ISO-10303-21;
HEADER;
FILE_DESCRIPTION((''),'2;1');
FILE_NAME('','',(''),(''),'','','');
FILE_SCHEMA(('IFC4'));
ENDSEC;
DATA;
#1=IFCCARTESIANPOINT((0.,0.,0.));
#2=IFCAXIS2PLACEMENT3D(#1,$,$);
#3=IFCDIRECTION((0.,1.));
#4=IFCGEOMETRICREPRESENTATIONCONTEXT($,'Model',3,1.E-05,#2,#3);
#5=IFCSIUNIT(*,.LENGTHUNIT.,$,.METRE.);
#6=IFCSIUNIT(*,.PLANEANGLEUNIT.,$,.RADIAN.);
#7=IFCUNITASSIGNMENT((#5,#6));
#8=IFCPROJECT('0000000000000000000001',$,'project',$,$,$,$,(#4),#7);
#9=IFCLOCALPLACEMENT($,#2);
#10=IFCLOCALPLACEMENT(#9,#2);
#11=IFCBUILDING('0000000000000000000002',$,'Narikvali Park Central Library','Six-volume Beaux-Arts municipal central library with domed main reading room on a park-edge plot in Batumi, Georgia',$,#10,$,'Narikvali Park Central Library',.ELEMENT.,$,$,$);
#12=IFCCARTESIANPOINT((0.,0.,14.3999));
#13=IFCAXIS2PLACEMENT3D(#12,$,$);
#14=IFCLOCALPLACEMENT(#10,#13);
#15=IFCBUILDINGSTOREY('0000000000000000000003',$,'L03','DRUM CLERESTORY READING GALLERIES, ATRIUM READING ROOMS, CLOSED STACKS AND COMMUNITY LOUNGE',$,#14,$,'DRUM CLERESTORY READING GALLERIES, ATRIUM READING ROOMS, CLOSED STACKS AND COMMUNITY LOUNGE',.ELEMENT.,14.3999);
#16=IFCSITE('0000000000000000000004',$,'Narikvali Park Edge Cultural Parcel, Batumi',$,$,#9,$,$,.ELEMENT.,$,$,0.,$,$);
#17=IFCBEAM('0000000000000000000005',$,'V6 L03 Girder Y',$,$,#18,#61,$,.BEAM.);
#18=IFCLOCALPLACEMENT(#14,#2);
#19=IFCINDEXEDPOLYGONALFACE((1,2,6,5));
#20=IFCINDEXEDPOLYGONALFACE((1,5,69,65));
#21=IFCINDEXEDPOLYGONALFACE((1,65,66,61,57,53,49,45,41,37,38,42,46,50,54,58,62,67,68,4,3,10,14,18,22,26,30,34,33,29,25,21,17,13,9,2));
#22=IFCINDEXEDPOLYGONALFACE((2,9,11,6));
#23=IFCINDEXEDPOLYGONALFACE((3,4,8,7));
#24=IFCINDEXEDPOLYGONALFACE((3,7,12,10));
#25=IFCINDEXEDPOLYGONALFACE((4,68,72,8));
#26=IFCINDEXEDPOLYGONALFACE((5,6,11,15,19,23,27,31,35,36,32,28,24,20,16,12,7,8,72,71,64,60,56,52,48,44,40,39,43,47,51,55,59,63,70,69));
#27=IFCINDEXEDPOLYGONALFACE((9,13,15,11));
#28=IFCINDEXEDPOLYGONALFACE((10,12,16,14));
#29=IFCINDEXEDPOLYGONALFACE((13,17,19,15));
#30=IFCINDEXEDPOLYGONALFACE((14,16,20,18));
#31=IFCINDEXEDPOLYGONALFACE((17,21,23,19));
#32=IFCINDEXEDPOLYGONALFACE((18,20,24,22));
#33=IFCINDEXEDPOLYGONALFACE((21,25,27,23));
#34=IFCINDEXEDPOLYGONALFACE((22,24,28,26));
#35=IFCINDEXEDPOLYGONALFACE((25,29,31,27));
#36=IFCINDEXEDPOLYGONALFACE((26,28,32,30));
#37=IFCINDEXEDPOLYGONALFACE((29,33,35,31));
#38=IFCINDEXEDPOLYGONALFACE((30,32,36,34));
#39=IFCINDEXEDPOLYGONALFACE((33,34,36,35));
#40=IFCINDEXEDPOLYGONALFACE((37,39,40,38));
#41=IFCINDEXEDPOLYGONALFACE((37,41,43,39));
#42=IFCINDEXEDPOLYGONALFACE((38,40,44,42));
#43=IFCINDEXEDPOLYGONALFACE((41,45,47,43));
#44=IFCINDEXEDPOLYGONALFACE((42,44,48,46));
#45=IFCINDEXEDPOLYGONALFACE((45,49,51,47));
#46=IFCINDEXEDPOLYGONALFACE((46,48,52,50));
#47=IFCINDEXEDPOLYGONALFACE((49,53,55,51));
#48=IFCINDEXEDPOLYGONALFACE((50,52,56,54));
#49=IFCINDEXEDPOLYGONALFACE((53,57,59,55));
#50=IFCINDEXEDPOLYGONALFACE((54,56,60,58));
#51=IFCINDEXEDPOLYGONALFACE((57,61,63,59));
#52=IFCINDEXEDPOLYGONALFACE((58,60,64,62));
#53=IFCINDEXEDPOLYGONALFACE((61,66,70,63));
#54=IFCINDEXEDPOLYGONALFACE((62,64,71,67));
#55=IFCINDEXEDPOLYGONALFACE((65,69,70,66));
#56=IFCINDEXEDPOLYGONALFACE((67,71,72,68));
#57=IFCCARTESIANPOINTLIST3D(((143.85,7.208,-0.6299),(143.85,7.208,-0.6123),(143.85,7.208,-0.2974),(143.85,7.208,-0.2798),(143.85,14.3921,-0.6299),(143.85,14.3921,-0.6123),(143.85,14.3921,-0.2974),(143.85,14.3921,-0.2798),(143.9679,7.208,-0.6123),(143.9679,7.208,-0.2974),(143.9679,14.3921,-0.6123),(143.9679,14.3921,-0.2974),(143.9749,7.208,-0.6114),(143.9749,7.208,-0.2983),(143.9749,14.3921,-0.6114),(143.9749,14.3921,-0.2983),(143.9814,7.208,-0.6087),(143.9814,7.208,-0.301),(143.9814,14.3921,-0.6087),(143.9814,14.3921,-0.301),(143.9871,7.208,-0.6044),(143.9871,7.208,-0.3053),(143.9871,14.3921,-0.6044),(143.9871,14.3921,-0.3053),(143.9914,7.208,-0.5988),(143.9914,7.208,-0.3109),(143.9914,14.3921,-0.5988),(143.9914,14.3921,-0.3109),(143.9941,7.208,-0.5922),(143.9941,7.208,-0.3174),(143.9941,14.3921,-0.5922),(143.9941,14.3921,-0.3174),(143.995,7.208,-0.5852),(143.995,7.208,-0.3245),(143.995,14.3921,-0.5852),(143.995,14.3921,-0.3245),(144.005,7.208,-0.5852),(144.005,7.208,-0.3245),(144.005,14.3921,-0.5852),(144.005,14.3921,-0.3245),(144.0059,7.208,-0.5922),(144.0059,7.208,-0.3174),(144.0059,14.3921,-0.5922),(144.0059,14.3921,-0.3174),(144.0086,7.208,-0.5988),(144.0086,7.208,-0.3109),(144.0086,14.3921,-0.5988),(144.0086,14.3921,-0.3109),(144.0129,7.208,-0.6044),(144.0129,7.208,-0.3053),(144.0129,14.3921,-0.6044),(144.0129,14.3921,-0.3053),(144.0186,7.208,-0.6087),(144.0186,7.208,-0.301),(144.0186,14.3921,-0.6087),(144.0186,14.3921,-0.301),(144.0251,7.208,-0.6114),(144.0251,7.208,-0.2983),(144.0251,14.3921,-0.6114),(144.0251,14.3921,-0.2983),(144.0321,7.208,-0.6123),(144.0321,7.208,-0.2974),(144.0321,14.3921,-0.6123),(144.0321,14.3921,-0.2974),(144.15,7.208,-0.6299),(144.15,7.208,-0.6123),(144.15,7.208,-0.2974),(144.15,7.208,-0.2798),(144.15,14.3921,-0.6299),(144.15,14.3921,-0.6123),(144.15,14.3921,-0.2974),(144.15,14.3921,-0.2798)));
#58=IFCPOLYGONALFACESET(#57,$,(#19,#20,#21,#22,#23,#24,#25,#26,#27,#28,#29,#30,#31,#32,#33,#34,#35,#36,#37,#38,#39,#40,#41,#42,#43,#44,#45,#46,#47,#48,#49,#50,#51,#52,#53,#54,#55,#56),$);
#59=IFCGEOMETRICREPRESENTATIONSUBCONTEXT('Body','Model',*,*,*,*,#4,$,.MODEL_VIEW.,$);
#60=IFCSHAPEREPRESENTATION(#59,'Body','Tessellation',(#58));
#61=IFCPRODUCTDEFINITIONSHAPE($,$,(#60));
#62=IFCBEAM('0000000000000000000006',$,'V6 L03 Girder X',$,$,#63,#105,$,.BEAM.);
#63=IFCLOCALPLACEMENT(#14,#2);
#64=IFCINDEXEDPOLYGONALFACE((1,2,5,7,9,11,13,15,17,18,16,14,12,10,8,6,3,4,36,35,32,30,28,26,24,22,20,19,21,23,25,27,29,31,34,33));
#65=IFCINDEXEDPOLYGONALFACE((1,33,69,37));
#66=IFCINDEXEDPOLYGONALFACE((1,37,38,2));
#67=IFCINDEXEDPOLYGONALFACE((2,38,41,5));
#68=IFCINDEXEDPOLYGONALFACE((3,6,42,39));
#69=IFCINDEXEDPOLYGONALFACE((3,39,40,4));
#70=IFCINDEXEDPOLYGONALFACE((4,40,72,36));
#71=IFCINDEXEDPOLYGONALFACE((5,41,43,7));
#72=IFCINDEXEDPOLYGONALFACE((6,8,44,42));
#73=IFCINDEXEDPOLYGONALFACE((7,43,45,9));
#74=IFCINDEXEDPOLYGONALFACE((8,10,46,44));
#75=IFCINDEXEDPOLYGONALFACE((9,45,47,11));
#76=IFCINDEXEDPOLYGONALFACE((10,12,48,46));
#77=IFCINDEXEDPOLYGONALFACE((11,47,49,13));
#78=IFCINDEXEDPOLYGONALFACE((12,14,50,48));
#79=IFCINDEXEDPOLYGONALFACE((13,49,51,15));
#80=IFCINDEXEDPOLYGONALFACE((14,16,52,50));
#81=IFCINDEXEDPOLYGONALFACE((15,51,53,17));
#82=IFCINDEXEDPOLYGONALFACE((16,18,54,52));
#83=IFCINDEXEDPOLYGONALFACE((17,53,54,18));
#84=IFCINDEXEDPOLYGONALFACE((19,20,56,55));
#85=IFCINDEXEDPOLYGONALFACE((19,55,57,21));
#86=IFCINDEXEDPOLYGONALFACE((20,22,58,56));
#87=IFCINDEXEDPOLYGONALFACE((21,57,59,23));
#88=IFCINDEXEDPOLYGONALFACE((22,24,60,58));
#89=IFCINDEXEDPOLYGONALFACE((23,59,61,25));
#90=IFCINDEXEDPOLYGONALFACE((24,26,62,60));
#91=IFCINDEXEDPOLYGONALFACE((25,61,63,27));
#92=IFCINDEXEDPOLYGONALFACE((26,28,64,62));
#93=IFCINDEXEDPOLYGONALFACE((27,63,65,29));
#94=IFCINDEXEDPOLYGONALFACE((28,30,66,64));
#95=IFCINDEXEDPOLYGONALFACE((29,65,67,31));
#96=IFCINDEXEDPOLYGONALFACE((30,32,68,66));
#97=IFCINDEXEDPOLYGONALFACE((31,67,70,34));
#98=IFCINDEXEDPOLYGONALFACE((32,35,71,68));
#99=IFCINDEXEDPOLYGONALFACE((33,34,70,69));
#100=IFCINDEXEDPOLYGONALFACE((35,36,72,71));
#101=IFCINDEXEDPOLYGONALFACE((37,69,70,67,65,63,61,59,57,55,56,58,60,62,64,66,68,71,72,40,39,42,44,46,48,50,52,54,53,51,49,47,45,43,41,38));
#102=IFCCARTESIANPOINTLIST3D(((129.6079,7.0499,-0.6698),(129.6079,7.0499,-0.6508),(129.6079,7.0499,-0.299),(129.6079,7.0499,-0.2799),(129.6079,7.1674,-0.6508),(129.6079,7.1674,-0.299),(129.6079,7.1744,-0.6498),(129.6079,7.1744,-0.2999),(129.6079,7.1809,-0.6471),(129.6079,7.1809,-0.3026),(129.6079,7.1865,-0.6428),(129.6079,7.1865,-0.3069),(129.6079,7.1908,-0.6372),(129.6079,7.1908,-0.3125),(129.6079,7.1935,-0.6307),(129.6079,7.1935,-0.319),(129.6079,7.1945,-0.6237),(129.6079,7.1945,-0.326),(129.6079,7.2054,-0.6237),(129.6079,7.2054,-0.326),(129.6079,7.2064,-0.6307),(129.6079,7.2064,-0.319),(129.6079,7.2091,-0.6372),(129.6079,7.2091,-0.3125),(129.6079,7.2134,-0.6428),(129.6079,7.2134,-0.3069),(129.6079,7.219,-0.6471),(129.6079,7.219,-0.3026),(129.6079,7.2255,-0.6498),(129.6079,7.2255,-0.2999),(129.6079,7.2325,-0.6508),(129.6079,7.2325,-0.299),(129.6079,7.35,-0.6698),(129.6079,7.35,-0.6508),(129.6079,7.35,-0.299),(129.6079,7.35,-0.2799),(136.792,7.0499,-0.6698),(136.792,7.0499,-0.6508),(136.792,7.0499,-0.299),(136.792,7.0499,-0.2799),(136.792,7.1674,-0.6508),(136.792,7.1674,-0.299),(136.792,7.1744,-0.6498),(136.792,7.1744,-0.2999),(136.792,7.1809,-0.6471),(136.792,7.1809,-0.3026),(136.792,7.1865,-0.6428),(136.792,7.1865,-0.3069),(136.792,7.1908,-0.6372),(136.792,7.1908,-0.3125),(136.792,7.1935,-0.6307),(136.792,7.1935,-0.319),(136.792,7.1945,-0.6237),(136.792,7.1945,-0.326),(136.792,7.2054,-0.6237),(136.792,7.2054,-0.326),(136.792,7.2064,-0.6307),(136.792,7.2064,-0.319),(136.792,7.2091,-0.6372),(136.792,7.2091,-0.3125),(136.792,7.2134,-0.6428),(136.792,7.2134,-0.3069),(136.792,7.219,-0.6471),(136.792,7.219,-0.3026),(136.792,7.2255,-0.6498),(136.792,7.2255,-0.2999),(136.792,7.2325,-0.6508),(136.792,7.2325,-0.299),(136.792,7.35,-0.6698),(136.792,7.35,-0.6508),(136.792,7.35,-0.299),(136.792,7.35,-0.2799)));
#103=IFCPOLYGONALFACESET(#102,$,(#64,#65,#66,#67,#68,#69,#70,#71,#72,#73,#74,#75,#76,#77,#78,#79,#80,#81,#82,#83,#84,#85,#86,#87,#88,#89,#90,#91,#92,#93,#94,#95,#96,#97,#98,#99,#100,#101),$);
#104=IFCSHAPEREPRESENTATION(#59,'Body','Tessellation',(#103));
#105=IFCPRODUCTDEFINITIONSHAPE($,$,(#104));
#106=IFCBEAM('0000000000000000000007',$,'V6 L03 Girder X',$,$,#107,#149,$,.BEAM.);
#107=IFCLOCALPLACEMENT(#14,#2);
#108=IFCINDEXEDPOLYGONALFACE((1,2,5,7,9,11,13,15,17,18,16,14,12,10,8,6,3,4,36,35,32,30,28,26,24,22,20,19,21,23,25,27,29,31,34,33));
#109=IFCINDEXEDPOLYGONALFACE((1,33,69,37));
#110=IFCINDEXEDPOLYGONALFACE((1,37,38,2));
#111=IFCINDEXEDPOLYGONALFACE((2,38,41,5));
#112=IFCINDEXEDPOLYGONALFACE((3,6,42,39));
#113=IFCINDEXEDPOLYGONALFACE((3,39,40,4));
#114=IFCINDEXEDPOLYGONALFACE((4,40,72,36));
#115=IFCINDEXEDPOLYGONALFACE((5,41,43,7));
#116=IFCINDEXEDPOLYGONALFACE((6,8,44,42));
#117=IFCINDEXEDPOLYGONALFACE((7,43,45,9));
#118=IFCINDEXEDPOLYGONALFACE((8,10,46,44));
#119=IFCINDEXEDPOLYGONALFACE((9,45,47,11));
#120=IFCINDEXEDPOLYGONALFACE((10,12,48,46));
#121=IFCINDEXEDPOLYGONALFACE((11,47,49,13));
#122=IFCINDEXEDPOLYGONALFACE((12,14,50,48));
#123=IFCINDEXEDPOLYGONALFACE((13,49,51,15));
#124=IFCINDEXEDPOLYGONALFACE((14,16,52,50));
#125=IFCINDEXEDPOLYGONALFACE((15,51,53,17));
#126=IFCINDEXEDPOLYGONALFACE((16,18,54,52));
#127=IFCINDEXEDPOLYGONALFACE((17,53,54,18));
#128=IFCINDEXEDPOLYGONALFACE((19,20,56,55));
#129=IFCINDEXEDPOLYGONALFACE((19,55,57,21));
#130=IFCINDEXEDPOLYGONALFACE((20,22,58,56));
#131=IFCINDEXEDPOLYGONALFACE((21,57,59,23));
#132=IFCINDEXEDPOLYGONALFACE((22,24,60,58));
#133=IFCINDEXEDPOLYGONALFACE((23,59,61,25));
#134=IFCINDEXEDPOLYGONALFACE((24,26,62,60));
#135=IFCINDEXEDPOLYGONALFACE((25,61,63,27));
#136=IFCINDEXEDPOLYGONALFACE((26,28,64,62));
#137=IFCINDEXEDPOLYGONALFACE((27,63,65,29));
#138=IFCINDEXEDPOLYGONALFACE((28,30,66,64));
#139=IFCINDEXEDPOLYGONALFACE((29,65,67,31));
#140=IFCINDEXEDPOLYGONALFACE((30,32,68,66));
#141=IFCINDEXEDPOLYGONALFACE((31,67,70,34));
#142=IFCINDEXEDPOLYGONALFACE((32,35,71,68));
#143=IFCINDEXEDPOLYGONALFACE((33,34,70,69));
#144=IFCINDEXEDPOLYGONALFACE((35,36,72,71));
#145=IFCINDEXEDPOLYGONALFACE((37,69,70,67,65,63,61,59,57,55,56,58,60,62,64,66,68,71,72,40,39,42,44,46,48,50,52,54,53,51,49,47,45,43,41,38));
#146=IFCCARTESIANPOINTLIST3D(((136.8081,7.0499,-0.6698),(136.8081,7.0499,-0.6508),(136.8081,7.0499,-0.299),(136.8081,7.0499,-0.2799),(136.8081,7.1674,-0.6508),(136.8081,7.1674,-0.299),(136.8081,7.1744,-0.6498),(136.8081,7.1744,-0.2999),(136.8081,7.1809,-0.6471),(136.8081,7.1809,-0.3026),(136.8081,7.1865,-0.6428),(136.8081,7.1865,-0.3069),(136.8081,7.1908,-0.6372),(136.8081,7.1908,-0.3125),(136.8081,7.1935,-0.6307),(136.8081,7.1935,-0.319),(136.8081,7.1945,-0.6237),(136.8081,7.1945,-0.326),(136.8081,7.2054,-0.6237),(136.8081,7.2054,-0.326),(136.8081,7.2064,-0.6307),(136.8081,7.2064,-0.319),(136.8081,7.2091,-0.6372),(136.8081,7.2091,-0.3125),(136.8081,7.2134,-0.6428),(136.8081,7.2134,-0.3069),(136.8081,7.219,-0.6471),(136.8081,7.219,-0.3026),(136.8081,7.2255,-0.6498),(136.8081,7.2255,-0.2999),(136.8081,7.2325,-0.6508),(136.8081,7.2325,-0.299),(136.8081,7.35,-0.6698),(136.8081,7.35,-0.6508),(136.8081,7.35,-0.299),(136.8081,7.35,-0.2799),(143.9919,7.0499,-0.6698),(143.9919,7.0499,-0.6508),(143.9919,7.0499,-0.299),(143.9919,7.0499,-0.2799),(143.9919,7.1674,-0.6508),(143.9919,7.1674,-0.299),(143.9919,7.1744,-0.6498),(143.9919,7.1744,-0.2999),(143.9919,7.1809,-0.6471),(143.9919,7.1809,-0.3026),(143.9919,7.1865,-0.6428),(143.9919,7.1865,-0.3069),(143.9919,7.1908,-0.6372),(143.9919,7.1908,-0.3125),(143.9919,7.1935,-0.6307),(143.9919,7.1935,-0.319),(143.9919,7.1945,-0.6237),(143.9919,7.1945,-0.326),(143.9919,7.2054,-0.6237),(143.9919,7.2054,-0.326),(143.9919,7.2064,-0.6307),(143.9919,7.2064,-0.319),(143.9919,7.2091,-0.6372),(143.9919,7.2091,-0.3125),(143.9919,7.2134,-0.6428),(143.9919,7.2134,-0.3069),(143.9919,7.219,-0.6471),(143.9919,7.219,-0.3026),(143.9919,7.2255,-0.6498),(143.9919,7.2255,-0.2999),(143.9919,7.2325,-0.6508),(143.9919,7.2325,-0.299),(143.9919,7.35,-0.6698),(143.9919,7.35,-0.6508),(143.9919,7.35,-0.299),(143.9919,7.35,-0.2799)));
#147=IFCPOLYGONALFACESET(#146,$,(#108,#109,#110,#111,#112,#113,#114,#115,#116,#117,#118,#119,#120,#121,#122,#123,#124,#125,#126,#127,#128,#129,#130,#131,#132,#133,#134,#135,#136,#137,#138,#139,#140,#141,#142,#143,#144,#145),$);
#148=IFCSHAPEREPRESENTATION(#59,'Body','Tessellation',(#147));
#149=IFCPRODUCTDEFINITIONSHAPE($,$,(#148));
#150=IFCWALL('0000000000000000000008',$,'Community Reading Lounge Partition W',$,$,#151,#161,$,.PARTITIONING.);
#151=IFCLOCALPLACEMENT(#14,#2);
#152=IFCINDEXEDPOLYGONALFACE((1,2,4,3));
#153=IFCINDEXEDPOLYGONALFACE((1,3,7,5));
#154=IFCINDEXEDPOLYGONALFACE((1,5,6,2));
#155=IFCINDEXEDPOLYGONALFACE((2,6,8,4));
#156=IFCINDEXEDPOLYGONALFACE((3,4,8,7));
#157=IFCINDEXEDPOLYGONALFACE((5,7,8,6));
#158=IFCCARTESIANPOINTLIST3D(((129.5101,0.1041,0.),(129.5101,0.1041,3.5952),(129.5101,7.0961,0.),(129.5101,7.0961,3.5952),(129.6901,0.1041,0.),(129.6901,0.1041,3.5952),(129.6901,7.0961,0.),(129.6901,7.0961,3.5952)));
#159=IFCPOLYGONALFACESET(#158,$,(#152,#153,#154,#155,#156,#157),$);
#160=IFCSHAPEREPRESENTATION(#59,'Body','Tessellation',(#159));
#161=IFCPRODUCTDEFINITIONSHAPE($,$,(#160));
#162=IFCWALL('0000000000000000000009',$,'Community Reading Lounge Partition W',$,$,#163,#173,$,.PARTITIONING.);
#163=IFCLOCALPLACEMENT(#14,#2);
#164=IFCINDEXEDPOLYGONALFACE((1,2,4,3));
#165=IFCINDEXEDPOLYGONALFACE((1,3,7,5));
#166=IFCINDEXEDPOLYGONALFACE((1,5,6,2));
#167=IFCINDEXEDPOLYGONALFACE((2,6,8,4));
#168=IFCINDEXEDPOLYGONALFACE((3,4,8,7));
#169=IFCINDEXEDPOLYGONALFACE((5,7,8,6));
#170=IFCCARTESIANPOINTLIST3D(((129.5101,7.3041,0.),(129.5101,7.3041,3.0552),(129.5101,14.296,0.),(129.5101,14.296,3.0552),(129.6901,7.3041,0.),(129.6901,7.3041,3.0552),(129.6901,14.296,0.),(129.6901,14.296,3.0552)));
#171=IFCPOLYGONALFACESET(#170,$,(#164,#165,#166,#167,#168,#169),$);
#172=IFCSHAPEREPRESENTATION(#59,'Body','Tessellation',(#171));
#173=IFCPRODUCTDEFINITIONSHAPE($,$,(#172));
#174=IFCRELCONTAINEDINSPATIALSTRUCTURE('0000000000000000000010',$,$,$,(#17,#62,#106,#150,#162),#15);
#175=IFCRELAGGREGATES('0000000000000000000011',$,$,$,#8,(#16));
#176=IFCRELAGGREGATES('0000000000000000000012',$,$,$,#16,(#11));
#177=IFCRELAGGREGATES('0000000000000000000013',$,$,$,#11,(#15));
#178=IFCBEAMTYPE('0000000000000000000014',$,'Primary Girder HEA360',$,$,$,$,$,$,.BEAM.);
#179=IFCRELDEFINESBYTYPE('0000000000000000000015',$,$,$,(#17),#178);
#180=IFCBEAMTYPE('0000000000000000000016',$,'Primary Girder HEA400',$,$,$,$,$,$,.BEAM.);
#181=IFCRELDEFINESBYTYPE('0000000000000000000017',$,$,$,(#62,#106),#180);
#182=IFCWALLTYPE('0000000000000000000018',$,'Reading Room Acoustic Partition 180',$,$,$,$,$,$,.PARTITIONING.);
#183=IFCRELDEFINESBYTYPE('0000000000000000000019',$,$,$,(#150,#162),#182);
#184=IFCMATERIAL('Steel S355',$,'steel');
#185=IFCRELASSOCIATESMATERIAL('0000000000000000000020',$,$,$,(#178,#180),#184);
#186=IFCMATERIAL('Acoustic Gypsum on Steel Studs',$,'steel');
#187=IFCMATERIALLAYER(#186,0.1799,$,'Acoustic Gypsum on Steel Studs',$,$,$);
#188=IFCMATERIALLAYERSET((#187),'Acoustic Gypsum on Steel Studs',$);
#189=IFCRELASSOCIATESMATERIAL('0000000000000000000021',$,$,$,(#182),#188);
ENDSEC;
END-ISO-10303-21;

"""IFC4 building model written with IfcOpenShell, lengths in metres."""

from ifc_helpers import new_model, si_unit, direction, frame, frame_2d, origin, origin_2d, place, context, subcontext, project, spatial, rectangle, i_section, extrude, material, layer, layer_set, material_profile, profile_set, type_object, element, save


model = new_model("IFC4")

# Units and contexts
model_context = context("Model", 3, precision=1e-05, world=origin(), true_north=direction((0.0, 1.0)))
body_context = subcontext(model_context, "Body", "Model", "MODEL_VIEW")
ifc_project = project(units=[si_unit("LENGTHUNIT", "METRE"), si_unit("PLANEANGLEUNIT", "RADIAN")], contexts=[model_context])

# Site, building, storey
site_placement = place(None, origin())
site = spatial("IfcSite", under=ifc_project, at=site_placement, Name="Narikvali Park Edge Cultural Parcel, Batumi", CompositionType="ELEMENT", RefElevation=0.0)
building_placement = place(site_placement, origin())
building = spatial("IfcBuilding", under=site, at=building_placement, Name="Narikvali Park Central Library", Description="Six-volume Beaux-Arts municipal central library with domed main reading room on a park-edge plot in Batumi, Georgia", LongName="Narikvali Park Central Library", CompositionType="ELEMENT")
storey_placement = place(building_placement, frame((0.0, 0.0, 14.3999)))
storey = spatial("IfcBuildingStorey", under=building, at=storey_placement, Name="L03", Description="DRUM CLERESTORY READING GALLERIES, ATRIUM READING ROOMS, CLOSED STACKS AND COMMUNITY LOUNGE", LongName="DRUM CLERESTORY READING GALLERIES, ATRIUM READING ROOMS, CLOSED STACKS AND COMMUNITY LOUNGE", CompositionType="ELEMENT", Elevation=14.3999)

# Shared definitions
ifc_material_1 = material(Name="Steel S355", Category="steel")

# Beams
ifc_material_profile_1 = material_profile(ifc_material_1, i_section(OverallWidth=0.3, OverallDepth=0.3501, WebThickness=0.01, FlangeThickness=0.0176, FilletRadius=0.0271, at=origin_2d()), Name="HEA 360")
ifc_profile_set_1 = profile_set([ifc_material_profile_1], Name="Steel S355")
beam_type_1 = type_object("IfcBeamType", Name="Primary Girder HEA360", PredefinedType="BEAM", material=ifc_profile_set_1)
beam_1_placement = place(storey_placement, frame((144.0, 7.208, -0.4548), z_axis=(0.0, 1.0, 0.0), x_axis=(-1.0, 0.0, 0.0)))
element("IfcBeam", 1, at=beam_1_placement, inside=storey, type_object=beam_type_1, Name="V6 L03 Girder Y", PredefinedType="BEAM", context=body_context, shape_type="SweptSolid", body=[
    extrude(i_section(OverallWidth=0.3, OverallDepth=0.3501, WebThickness=0.01, FlangeThickness=0.0176, FilletRadius=0.0271, at=origin_2d()), origin(), (0.0, 0.0, 1.0), 7.1841),
])
ifc_material_profile_2 = material_profile(ifc_material_1, i_section(OverallWidth=0.3, OverallDepth=0.3899, WebThickness=0.011, FlangeThickness=0.019, FilletRadius=0.0271, at=origin_2d()), Name="HEA 400")
ifc_profile_set_2 = profile_set([ifc_material_profile_2], Name="Steel S355")
beam_type_2 = type_object("IfcBeamType", Name="Primary Girder HEA400", PredefinedType="BEAM", material=ifc_profile_set_2)
beam_2_placement = place(storey_placement, frame((129.6079, 7.2, -0.4749), z_axis=(1.0, 0.0, 0.0), x_axis=(0.0, 1.0, 0.0)))
element("IfcBeam", 2, at=beam_2_placement, inside=storey, type_object=beam_type_2, Name="V6 L03 Girder X", PredefinedType="BEAM", context=body_context, shape_type="SweptSolid", body=[
    extrude(i_section(OverallWidth=0.3, OverallDepth=0.3899, WebThickness=0.011, FlangeThickness=0.019, FilletRadius=0.0271, at=origin_2d()), origin(), (0.0, 0.0, 1.0), 7.1841),
])
beam_3_placement = place(storey_placement, frame((136.8081, 7.2, -0.4749), z_axis=(1.0, 0.0, 0.0), x_axis=(0.0, 1.0, 0.0)))
element("IfcBeam", 3, at=beam_3_placement, inside=storey, type_object=beam_type_2, Name="V6 L03 Girder X", PredefinedType="BEAM", context=body_context, shape_type="SweptSolid", body=[
    extrude(i_section(OverallWidth=0.3, OverallDepth=0.3899, WebThickness=0.011, FlangeThickness=0.019, FilletRadius=0.0271, at=origin_2d()), origin(), (0.0, 0.0, 1.0), 7.1838),
])

# Walls
ifc_material_2 = material(Name="Acoustic Gypsum on Steel Studs", Category="steel")
ifc_layer = layer(ifc_material_2, 0.1799, Name="Acoustic Gypsum on Steel Studs")
ifc_layer_set = layer_set([ifc_layer], Name="Acoustic Gypsum on Steel Studs")
wall_type = type_object("IfcWallType", Name="Reading Room Acoustic Partition 180", PredefinedType="PARTITIONING", material=ifc_layer_set)
wall_1_placement = place(storey_placement, frame((129.6001, 0.104, 0.0), z_axis=(0.0, 0.0, 1.0), x_axis=(0.0, 1.0, 0.0)))
element("IfcWall", 4, at=wall_1_placement, inside=storey, type_object=wall_type, Name="Community Reading Lounge Partition W", PredefinedType="PARTITIONING", context=body_context, shape_type="SweptSolid", body=[
    extrude(rectangle(XDim=6.9919, YDim=0.1799, at=frame_2d((3.4961, 0.0))), origin(), (0.0, 0.0, 1.0), 3.5952),
])
wall_2_placement = place(storey_placement, frame((129.6001, 7.304, 0.0), z_axis=(0.0, 0.0, 1.0), x_axis=(0.0, 1.0, 0.0)))
element("IfcWall", 5, at=wall_2_placement, inside=storey, type_object=wall_type, Name="Community Reading Lounge Partition W", PredefinedType="PARTITIONING", context=body_context, shape_type="SweptSolid", body=[
    extrude(rectangle(XDim=6.9919, YDim=0.1799, at=frame_2d((3.4961, 0.0))), origin(), (0.0, 0.0, 1.0), 3.0552),
])

save(model, "model.ifc")
